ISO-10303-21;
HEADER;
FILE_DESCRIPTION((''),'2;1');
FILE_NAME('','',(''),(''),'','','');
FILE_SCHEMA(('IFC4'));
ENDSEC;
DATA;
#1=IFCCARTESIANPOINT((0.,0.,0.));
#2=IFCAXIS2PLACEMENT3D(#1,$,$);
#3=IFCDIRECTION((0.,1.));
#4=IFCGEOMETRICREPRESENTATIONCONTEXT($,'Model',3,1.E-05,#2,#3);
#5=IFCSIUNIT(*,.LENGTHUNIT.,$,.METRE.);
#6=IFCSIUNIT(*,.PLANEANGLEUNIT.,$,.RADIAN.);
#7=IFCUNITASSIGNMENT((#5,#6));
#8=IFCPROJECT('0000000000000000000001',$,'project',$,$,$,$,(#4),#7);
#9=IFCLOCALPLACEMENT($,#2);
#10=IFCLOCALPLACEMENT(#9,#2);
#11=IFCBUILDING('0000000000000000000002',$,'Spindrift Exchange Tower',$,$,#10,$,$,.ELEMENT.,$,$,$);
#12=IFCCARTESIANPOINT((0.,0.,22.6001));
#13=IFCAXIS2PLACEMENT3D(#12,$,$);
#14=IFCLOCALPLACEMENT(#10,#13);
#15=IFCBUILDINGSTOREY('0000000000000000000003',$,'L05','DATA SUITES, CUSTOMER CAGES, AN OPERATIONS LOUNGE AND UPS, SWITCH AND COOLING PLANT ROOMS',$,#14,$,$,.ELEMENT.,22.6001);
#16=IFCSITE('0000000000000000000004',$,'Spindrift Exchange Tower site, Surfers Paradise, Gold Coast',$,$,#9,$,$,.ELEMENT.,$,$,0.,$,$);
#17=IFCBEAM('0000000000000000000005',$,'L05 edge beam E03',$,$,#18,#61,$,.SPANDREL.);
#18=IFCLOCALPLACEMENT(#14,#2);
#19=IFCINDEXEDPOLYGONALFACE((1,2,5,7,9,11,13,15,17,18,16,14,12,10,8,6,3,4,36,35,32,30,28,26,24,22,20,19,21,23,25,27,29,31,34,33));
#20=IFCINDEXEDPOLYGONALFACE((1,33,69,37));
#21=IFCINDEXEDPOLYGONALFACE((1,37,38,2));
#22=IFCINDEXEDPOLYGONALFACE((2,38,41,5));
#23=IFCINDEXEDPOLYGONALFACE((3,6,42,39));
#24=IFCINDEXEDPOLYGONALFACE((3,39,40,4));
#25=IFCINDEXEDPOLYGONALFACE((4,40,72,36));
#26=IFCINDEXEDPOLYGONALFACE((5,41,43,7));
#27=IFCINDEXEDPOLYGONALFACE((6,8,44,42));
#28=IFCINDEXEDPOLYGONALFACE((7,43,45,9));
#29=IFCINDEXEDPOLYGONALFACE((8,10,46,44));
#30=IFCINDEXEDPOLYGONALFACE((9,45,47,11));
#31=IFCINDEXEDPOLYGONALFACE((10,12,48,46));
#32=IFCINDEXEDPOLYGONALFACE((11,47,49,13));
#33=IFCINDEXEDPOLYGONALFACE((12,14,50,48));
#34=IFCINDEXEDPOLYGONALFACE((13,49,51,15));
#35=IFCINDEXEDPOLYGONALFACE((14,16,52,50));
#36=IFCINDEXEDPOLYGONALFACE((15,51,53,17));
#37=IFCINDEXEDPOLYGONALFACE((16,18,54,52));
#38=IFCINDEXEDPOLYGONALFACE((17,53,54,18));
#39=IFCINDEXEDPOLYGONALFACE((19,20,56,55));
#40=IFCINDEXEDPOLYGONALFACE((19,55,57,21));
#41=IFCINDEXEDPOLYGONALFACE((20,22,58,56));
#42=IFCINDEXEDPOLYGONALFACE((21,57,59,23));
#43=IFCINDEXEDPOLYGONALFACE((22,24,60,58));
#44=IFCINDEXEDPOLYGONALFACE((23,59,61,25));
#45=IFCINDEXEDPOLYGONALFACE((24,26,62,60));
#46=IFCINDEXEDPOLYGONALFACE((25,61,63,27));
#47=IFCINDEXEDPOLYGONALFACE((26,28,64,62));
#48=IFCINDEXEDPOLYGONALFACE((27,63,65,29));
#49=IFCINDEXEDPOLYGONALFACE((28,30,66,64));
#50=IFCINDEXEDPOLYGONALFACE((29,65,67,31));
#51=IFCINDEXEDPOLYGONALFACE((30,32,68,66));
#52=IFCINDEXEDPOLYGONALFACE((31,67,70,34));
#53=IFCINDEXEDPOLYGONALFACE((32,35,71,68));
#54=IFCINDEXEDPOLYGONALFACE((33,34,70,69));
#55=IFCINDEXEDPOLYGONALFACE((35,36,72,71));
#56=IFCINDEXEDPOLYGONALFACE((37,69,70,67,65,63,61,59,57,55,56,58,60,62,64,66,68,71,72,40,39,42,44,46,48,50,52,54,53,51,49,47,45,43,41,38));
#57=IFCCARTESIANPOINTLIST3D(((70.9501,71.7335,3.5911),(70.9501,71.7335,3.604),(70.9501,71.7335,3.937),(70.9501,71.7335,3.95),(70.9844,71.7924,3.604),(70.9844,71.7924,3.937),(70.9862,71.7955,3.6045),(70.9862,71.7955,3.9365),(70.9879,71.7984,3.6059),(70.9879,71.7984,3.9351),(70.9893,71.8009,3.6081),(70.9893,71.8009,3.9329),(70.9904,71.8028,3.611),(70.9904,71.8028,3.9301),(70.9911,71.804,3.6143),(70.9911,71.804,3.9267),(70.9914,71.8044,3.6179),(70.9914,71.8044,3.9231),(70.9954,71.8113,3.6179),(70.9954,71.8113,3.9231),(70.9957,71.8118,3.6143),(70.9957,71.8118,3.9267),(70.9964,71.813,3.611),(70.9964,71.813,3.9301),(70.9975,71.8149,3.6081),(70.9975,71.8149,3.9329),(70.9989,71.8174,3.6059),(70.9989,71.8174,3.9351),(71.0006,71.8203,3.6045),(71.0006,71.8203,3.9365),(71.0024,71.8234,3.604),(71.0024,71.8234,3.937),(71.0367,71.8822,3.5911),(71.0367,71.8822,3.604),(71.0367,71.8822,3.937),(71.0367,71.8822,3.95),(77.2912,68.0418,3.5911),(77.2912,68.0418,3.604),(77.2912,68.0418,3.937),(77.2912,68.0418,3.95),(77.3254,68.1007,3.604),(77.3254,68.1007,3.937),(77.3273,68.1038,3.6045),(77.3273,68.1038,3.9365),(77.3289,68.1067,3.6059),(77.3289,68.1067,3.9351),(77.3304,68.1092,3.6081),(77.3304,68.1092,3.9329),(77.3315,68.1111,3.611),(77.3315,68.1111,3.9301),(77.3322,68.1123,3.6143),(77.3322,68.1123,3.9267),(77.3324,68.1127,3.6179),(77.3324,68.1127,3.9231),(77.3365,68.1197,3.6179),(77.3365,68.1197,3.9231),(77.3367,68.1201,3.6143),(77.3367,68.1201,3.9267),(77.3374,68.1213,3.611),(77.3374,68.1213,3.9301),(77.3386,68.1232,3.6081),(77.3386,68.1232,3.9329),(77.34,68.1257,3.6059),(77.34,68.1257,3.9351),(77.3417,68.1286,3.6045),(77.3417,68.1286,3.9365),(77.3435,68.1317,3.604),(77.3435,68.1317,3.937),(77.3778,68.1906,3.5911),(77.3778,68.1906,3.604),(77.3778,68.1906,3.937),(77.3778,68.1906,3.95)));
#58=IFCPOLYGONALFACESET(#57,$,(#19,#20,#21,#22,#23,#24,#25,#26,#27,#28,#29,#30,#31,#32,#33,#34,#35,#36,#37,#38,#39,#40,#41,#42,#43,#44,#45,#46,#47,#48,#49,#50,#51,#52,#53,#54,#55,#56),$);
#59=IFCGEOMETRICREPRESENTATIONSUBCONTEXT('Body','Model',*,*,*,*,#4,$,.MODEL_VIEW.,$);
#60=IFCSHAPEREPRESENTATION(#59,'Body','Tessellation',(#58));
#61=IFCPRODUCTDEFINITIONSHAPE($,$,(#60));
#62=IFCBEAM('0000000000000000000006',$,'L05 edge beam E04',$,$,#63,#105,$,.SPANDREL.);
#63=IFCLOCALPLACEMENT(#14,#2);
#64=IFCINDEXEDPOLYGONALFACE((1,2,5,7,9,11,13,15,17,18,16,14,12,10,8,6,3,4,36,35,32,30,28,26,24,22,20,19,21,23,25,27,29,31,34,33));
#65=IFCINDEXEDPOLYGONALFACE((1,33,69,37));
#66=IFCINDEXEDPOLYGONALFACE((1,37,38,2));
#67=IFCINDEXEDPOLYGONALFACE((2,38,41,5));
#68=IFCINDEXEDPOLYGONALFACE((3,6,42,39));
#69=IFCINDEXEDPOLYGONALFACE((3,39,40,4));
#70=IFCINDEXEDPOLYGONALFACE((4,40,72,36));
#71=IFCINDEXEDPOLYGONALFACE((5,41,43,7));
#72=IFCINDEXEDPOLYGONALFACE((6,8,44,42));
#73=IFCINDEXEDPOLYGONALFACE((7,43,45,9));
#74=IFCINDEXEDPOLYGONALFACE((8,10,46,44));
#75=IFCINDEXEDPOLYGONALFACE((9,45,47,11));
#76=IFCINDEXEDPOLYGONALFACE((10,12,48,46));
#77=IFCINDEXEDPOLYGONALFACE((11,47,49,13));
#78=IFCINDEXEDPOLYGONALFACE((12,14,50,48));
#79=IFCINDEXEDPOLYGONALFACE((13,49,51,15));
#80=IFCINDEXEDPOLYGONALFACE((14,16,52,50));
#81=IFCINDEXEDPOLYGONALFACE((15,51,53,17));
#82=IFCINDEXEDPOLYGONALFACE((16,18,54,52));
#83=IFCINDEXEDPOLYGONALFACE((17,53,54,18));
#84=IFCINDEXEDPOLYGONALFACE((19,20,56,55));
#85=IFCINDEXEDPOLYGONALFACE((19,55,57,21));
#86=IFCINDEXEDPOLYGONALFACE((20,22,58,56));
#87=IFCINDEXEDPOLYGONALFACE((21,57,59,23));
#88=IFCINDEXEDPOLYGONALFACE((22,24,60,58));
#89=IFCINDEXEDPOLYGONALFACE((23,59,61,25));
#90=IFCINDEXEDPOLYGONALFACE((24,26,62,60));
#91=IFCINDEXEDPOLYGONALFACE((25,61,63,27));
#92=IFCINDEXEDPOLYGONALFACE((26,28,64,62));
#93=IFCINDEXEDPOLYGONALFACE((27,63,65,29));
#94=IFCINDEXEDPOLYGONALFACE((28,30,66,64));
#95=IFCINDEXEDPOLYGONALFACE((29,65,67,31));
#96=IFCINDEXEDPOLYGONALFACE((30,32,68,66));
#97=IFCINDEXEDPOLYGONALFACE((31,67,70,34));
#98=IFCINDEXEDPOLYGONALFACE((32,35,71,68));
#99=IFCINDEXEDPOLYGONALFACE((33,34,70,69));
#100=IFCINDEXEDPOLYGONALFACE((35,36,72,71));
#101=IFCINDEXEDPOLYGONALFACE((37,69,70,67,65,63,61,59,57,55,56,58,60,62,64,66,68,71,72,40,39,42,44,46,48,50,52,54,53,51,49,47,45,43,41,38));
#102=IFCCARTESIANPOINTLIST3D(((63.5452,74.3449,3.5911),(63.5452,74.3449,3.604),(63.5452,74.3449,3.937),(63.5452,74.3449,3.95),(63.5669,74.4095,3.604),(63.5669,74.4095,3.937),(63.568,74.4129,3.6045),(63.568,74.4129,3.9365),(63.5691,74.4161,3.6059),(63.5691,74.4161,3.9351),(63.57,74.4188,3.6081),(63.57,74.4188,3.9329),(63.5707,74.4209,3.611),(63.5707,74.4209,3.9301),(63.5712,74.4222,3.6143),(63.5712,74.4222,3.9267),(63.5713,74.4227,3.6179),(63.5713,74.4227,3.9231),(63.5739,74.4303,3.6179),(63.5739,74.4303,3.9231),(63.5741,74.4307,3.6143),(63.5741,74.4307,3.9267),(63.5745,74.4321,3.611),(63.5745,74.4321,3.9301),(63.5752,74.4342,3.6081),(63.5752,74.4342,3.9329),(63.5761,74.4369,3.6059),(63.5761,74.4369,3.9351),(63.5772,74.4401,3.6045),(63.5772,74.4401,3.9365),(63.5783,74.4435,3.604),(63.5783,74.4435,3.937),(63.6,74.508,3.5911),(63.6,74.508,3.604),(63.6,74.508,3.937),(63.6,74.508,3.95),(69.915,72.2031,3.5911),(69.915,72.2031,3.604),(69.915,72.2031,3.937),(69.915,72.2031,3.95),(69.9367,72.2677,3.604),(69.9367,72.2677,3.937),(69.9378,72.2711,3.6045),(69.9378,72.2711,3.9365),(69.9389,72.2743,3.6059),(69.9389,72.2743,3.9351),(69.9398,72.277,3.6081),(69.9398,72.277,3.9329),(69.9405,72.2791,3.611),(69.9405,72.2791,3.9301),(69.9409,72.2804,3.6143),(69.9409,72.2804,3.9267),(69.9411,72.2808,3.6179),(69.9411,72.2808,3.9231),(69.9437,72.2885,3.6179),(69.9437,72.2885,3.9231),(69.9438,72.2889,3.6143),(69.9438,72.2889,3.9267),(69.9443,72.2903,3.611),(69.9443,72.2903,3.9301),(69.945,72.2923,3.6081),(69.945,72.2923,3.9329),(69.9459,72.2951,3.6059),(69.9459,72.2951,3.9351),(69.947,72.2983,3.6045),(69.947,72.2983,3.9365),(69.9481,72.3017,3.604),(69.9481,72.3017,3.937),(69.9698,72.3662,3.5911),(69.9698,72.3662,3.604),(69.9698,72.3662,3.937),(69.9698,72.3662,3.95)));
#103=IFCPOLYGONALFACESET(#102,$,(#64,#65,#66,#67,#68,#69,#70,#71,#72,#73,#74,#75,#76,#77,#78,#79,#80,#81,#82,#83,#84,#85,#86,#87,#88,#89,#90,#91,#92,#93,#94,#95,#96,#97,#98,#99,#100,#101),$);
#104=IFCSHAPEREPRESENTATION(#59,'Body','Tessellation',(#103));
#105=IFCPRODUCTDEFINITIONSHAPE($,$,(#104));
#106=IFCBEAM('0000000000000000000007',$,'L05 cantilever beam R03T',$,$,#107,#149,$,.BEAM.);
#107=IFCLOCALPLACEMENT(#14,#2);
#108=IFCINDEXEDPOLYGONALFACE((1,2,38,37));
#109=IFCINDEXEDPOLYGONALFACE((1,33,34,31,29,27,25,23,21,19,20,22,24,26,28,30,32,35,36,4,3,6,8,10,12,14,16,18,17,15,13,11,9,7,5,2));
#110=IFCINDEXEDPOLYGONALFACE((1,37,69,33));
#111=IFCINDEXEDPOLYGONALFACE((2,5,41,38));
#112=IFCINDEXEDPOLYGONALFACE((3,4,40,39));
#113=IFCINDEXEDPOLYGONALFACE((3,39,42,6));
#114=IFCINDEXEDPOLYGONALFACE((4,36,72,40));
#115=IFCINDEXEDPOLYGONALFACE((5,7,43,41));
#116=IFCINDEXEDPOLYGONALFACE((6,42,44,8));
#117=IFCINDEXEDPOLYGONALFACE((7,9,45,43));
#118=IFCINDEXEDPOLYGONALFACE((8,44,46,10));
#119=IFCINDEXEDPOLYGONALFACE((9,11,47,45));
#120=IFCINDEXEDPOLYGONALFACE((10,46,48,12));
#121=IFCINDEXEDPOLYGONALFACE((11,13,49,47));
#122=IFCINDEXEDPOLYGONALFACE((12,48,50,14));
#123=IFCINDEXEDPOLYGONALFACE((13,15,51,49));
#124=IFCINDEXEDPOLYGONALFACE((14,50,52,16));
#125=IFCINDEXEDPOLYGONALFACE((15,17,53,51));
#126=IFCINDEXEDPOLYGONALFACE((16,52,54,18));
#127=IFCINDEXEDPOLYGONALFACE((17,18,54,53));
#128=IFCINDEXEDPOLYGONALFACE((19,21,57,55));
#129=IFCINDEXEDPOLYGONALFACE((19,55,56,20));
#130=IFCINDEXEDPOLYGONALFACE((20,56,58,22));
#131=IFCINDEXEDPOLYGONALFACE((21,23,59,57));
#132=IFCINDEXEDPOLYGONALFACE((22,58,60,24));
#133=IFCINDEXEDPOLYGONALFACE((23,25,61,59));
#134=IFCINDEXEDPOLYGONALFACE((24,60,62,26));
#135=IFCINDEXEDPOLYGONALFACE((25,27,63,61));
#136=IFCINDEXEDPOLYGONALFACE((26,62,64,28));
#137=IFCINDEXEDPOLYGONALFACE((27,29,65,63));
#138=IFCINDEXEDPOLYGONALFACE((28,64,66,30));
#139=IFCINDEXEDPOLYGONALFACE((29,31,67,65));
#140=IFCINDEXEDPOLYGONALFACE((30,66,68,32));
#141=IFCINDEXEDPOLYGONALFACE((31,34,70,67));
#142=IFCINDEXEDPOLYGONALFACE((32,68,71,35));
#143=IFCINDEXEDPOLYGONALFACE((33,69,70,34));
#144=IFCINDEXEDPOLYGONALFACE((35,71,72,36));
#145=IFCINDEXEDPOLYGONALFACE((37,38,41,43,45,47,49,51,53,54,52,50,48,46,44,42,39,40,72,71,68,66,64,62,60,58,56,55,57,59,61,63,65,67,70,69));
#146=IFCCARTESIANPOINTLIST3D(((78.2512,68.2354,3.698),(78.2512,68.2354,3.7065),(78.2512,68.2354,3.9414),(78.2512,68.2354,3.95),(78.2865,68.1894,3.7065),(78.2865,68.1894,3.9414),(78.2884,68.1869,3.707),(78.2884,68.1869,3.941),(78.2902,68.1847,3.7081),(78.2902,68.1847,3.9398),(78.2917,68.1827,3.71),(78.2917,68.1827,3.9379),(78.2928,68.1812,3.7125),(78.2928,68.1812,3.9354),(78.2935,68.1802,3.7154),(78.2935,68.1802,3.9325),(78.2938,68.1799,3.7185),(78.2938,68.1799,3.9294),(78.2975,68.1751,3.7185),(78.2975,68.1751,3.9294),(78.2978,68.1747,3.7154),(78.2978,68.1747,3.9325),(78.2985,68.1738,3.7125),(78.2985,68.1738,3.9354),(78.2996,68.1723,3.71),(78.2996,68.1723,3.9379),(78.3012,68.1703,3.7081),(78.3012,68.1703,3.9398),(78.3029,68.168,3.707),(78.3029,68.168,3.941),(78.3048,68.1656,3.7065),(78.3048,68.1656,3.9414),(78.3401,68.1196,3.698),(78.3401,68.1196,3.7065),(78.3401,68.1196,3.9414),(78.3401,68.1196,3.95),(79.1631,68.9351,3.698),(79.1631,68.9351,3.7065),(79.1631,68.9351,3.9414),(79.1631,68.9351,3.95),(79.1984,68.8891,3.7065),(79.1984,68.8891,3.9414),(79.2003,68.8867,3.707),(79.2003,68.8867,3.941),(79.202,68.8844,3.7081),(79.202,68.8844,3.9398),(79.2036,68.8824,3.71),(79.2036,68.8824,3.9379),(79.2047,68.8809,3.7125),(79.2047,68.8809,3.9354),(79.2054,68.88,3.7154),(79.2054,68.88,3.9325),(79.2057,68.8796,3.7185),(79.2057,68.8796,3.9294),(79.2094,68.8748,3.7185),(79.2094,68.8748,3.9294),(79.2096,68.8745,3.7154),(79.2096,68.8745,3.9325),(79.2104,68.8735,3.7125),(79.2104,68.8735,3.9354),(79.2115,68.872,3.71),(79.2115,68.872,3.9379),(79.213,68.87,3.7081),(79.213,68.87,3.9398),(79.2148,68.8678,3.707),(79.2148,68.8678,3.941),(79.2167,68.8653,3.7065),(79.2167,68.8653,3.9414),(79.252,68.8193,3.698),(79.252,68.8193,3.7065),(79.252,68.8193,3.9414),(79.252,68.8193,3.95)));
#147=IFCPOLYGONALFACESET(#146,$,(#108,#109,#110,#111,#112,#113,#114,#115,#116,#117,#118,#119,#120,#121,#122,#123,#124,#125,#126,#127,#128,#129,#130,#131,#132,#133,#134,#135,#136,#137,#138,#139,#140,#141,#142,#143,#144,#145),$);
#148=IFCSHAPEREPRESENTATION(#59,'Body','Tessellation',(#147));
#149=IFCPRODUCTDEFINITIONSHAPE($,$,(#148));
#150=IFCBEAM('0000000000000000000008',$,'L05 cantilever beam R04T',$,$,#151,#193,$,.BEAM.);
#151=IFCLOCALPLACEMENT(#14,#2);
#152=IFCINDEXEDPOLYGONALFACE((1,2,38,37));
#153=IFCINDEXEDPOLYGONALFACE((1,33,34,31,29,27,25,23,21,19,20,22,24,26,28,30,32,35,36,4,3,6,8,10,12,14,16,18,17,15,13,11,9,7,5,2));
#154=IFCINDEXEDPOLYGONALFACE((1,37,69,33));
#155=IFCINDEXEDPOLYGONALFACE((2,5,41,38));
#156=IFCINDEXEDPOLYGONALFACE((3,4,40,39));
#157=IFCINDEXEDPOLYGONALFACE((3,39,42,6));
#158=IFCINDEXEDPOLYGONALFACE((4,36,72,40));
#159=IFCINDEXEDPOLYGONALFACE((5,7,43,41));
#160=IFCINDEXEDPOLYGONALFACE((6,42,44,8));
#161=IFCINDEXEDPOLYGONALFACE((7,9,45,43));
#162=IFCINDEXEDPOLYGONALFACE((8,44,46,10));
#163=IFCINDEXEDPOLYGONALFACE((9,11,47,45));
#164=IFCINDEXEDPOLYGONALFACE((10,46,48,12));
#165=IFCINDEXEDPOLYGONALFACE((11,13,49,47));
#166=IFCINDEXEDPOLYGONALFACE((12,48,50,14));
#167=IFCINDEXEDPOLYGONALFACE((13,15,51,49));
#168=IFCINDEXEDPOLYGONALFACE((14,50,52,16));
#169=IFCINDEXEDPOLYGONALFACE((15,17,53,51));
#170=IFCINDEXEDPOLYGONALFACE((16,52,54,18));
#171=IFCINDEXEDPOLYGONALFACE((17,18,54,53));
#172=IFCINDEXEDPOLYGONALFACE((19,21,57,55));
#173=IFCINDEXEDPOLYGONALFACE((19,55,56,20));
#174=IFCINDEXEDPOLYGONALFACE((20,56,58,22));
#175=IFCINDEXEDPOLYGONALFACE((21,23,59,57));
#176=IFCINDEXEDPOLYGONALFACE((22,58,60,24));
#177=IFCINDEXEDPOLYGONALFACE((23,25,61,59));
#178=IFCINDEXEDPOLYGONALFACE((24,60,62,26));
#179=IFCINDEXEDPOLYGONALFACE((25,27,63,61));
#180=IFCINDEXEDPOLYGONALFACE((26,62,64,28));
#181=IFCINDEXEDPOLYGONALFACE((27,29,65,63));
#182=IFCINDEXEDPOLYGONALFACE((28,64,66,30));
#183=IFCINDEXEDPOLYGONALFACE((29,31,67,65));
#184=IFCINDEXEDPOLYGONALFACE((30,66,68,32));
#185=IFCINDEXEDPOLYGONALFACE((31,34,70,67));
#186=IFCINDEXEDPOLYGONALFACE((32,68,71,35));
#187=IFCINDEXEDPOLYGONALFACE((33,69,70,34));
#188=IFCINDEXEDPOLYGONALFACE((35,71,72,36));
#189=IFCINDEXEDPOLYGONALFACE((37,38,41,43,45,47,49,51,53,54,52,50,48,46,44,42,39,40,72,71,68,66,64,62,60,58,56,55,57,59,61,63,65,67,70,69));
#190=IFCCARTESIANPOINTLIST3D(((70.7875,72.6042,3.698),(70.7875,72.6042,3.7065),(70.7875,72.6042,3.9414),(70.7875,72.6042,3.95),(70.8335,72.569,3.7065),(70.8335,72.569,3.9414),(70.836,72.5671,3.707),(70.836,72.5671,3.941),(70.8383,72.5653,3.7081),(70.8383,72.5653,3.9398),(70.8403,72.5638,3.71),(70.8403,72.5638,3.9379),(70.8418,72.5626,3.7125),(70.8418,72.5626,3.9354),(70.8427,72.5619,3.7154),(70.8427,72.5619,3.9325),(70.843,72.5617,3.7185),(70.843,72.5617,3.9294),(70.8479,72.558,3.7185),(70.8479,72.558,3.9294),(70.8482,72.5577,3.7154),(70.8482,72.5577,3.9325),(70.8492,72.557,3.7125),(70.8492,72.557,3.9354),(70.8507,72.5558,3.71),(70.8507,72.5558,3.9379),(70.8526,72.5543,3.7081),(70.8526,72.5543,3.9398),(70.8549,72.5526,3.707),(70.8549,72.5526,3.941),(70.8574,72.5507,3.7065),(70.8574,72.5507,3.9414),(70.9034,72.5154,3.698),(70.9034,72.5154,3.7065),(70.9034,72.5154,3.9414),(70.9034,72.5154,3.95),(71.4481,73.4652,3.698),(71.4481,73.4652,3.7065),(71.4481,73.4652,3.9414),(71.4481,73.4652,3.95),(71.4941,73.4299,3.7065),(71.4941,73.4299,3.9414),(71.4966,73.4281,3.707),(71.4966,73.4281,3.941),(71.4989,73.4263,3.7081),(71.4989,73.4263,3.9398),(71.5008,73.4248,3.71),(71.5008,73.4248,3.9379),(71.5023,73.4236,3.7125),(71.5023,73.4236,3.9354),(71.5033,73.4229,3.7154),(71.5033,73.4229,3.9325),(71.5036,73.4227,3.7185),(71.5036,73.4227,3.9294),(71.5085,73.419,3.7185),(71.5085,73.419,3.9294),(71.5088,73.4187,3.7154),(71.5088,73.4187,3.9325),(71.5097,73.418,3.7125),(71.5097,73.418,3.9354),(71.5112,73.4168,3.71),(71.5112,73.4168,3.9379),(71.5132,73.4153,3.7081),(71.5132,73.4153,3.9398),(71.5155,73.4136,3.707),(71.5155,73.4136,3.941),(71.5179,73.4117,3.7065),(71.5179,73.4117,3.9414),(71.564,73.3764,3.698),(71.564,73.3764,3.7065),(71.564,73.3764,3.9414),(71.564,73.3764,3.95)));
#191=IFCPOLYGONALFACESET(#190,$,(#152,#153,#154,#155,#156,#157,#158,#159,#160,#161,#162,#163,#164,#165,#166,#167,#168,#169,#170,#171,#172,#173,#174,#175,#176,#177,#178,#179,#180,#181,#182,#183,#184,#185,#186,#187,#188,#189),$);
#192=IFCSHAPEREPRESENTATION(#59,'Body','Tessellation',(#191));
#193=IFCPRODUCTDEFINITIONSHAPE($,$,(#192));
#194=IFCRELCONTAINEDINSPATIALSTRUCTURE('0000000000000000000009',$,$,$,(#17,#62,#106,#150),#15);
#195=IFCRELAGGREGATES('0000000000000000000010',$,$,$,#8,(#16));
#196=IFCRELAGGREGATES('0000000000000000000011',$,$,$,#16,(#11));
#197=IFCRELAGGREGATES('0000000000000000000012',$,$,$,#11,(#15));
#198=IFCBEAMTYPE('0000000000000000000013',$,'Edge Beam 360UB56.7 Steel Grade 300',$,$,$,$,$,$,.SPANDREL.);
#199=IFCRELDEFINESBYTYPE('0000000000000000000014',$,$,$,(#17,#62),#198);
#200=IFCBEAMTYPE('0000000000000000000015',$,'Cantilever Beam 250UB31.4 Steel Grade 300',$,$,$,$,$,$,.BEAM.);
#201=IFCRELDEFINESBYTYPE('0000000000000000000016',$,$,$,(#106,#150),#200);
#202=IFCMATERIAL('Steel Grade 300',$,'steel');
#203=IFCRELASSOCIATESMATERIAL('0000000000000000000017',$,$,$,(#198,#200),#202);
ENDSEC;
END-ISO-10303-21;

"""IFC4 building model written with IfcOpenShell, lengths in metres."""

from ifc_helpers import new_model, si_unit, direction, frame, origin, origin_2d, place, context, subcontext, project, spatial, i_section, extrude, source, transform, mapped, material, material_profile, profile_set, type_object, element, save


model = new_model("IFC4")

# Units and contexts
model_context = context("Model", 3, precision=1e-05, world=origin(), true_north=direction((0.0, 1.0)))
body_context = subcontext(model_context, "Body", "Model", "MODEL_VIEW")
ifc_project = project(units=[si_unit("LENGTHUNIT", "METRE"), si_unit("PLANEANGLEUNIT", "RADIAN")], contexts=[model_context])

# Site, building, storey
site_placement = place(None, origin())
site = spatial("IfcSite", under=ifc_project, at=site_placement, Name="Spindrift Exchange Tower site, Surfers Paradise, Gold Coast", CompositionType="ELEMENT", RefElevation=0.0)
building_placement = place(site_placement, origin())
building = spatial("IfcBuilding", under=site, at=building_placement, Name="Spindrift Exchange Tower", CompositionType="ELEMENT")
storey_placement = place(building_placement, frame((0.0, 0.0, 22.6001)))
storey = spatial("IfcBuildingStorey", under=building, at=storey_placement, Name="L05", Description="DATA SUITES, CUSTOMER CAGES, AN OPERATIONS LOUNGE AND UPS, SWITCH AND COOLING PLANT ROOMS", CompositionType="ELEMENT", Elevation=22.6001)

# Beams
ifc_material_1 = material(Name="Steel Grade 300", Category="steel")
ifc_material_profile_1 = material_profile(ifc_material_1, i_section(OverallWidth=0.1721, OverallDepth=0.3589, WebThickness=0.0081, FlangeThickness=0.0129, FilletRadius=0.0139, at=origin_2d()), Name="360UB56.7")
ifc_profile_set_1 = profile_set([ifc_material_profile_1], Name="Steel Grade 300")
beam_type_1 = type_object("IfcBeamType", Name="Edge Beam 360UB56.7 Steel Grade 300", PredefinedType="SPANDREL", material=ifc_profile_set_1)
shared_shape_1 = source(origin(), body_context, "Body", "SweptSolid", [
    extrude(i_section(OverallWidth=0.1721, OverallDepth=0.3589, WebThickness=0.0081, FlangeThickness=0.0129, FilletRadius=0.0139, at=origin_2d()), origin(), (0.0, 0.0, 1.0), 7.3374),
])
beam_1_placement = place(storey_placement, frame((77.3345, 68.1162, 3.7705), z_axis=(-0.864212, 0.503128, 0.0), x_axis=(-0.503128, -0.864212, 0.0)))
element("IfcBeam", 1, at=beam_1_placement, inside=storey, type_object=beam_type_1, Name="L05 edge beam E03", PredefinedType="SPANDREL", context=body_context, shape_type="MappedRepresentation", body=[
    mapped(shared_shape_1, transform((0.0, 0.0, 0.0), scale=1.0)),
])
shared_shape_2 = source(origin(), body_context, "Body", "SweptSolid", [
    extrude(i_section(OverallWidth=0.1721, OverallDepth=0.3589, WebThickness=0.0081, FlangeThickness=0.0129, FilletRadius=0.0139, at=origin_2d()), origin(), (0.0, 0.0, 1.0), 6.7202),
])
beam_2_placement = place(storey_placement, frame((69.9424, 72.2847, 3.7705), z_axis=(-0.947852, 0.318712, 0.0), x_axis=(-0.318712, -0.947852, 0.0)))
element("IfcBeam", 2, at=beam_2_placement, inside=storey, type_object=beam_type_1, Name="L05 edge beam E04", PredefinedType="SPANDREL", context=body_context, shape_type="MappedRepresentation", body=[
    mapped(shared_shape_2, transform((0.0, 0.0, 0.0), scale=1.0)),
])
ifc_material_profile_2 = material_profile(ifc_material_1, i_section(OverallWidth=0.146, OverallDepth=0.252, WebThickness=0.0061, FlangeThickness=0.0085, FilletRadius=0.012, at=origin_2d()), Name="250UB31.4")
ifc_profile_set_2 = profile_set([ifc_material_profile_2], Name="Steel Grade 300")
beam_type_2 = type_object("IfcBeamType", Name="Cantilever Beam 250UB31.4 Steel Grade 300", PredefinedType="BEAM", material=ifc_profile_set_2)
shared_shape_3 = source(origin(), body_context, "Body", "SweptSolid", [
    extrude(i_section(OverallWidth=0.146, OverallDepth=0.252, WebThickness=0.0061, FlangeThickness=0.0085, FilletRadius=0.012, at=origin_2d()), origin(), (0.0, 0.0, 1.0), 1.1494),
])
beam_3_placement = place(storey_placement, frame((78.2957, 68.1775, 3.824), z_axis=(0.79335, 0.608766, 0.0), x_axis=(-0.608766, 0.79335, 0.0)))
element("IfcBeam", 3, at=beam_3_placement, inside=storey, type_object=beam_type_2, Name="L05 cantilever beam R03T", PredefinedType="BEAM", context=body_context, shape_type="MappedRepresentation", body=[
    mapped(shared_shape_3, transform((0.0, 0.0, 0.0), scale=1.0)),
])
shared_shape_4 = source(origin(), body_context, "Body", "SweptSolid", [
    extrude(i_section(OverallWidth=0.146, OverallDepth=0.252, WebThickness=0.0061, FlangeThickness=0.0085, FilletRadius=0.012, at=origin_2d()), origin(), (0.0, 0.0, 1.0), 1.0852),
])
beam_4_placement = place(storey_placement, frame((70.8455, 72.5598, 3.824), z_axis=(0.60871, 0.793393, 0.0), x_axis=(-0.793393, 0.60871, 0.0)))
element("IfcBeam", 4, at=beam_4_placement, inside=storey, type_object=beam_type_2, Name="L05 cantilever beam R04T", PredefinedType="BEAM", context=body_context, shape_type="MappedRepresentation", body=[
    mapped(shared_shape_4, transform((0.0, 0.0, 0.0), scale=1.0)),
])

save(model, "model.ifc")
